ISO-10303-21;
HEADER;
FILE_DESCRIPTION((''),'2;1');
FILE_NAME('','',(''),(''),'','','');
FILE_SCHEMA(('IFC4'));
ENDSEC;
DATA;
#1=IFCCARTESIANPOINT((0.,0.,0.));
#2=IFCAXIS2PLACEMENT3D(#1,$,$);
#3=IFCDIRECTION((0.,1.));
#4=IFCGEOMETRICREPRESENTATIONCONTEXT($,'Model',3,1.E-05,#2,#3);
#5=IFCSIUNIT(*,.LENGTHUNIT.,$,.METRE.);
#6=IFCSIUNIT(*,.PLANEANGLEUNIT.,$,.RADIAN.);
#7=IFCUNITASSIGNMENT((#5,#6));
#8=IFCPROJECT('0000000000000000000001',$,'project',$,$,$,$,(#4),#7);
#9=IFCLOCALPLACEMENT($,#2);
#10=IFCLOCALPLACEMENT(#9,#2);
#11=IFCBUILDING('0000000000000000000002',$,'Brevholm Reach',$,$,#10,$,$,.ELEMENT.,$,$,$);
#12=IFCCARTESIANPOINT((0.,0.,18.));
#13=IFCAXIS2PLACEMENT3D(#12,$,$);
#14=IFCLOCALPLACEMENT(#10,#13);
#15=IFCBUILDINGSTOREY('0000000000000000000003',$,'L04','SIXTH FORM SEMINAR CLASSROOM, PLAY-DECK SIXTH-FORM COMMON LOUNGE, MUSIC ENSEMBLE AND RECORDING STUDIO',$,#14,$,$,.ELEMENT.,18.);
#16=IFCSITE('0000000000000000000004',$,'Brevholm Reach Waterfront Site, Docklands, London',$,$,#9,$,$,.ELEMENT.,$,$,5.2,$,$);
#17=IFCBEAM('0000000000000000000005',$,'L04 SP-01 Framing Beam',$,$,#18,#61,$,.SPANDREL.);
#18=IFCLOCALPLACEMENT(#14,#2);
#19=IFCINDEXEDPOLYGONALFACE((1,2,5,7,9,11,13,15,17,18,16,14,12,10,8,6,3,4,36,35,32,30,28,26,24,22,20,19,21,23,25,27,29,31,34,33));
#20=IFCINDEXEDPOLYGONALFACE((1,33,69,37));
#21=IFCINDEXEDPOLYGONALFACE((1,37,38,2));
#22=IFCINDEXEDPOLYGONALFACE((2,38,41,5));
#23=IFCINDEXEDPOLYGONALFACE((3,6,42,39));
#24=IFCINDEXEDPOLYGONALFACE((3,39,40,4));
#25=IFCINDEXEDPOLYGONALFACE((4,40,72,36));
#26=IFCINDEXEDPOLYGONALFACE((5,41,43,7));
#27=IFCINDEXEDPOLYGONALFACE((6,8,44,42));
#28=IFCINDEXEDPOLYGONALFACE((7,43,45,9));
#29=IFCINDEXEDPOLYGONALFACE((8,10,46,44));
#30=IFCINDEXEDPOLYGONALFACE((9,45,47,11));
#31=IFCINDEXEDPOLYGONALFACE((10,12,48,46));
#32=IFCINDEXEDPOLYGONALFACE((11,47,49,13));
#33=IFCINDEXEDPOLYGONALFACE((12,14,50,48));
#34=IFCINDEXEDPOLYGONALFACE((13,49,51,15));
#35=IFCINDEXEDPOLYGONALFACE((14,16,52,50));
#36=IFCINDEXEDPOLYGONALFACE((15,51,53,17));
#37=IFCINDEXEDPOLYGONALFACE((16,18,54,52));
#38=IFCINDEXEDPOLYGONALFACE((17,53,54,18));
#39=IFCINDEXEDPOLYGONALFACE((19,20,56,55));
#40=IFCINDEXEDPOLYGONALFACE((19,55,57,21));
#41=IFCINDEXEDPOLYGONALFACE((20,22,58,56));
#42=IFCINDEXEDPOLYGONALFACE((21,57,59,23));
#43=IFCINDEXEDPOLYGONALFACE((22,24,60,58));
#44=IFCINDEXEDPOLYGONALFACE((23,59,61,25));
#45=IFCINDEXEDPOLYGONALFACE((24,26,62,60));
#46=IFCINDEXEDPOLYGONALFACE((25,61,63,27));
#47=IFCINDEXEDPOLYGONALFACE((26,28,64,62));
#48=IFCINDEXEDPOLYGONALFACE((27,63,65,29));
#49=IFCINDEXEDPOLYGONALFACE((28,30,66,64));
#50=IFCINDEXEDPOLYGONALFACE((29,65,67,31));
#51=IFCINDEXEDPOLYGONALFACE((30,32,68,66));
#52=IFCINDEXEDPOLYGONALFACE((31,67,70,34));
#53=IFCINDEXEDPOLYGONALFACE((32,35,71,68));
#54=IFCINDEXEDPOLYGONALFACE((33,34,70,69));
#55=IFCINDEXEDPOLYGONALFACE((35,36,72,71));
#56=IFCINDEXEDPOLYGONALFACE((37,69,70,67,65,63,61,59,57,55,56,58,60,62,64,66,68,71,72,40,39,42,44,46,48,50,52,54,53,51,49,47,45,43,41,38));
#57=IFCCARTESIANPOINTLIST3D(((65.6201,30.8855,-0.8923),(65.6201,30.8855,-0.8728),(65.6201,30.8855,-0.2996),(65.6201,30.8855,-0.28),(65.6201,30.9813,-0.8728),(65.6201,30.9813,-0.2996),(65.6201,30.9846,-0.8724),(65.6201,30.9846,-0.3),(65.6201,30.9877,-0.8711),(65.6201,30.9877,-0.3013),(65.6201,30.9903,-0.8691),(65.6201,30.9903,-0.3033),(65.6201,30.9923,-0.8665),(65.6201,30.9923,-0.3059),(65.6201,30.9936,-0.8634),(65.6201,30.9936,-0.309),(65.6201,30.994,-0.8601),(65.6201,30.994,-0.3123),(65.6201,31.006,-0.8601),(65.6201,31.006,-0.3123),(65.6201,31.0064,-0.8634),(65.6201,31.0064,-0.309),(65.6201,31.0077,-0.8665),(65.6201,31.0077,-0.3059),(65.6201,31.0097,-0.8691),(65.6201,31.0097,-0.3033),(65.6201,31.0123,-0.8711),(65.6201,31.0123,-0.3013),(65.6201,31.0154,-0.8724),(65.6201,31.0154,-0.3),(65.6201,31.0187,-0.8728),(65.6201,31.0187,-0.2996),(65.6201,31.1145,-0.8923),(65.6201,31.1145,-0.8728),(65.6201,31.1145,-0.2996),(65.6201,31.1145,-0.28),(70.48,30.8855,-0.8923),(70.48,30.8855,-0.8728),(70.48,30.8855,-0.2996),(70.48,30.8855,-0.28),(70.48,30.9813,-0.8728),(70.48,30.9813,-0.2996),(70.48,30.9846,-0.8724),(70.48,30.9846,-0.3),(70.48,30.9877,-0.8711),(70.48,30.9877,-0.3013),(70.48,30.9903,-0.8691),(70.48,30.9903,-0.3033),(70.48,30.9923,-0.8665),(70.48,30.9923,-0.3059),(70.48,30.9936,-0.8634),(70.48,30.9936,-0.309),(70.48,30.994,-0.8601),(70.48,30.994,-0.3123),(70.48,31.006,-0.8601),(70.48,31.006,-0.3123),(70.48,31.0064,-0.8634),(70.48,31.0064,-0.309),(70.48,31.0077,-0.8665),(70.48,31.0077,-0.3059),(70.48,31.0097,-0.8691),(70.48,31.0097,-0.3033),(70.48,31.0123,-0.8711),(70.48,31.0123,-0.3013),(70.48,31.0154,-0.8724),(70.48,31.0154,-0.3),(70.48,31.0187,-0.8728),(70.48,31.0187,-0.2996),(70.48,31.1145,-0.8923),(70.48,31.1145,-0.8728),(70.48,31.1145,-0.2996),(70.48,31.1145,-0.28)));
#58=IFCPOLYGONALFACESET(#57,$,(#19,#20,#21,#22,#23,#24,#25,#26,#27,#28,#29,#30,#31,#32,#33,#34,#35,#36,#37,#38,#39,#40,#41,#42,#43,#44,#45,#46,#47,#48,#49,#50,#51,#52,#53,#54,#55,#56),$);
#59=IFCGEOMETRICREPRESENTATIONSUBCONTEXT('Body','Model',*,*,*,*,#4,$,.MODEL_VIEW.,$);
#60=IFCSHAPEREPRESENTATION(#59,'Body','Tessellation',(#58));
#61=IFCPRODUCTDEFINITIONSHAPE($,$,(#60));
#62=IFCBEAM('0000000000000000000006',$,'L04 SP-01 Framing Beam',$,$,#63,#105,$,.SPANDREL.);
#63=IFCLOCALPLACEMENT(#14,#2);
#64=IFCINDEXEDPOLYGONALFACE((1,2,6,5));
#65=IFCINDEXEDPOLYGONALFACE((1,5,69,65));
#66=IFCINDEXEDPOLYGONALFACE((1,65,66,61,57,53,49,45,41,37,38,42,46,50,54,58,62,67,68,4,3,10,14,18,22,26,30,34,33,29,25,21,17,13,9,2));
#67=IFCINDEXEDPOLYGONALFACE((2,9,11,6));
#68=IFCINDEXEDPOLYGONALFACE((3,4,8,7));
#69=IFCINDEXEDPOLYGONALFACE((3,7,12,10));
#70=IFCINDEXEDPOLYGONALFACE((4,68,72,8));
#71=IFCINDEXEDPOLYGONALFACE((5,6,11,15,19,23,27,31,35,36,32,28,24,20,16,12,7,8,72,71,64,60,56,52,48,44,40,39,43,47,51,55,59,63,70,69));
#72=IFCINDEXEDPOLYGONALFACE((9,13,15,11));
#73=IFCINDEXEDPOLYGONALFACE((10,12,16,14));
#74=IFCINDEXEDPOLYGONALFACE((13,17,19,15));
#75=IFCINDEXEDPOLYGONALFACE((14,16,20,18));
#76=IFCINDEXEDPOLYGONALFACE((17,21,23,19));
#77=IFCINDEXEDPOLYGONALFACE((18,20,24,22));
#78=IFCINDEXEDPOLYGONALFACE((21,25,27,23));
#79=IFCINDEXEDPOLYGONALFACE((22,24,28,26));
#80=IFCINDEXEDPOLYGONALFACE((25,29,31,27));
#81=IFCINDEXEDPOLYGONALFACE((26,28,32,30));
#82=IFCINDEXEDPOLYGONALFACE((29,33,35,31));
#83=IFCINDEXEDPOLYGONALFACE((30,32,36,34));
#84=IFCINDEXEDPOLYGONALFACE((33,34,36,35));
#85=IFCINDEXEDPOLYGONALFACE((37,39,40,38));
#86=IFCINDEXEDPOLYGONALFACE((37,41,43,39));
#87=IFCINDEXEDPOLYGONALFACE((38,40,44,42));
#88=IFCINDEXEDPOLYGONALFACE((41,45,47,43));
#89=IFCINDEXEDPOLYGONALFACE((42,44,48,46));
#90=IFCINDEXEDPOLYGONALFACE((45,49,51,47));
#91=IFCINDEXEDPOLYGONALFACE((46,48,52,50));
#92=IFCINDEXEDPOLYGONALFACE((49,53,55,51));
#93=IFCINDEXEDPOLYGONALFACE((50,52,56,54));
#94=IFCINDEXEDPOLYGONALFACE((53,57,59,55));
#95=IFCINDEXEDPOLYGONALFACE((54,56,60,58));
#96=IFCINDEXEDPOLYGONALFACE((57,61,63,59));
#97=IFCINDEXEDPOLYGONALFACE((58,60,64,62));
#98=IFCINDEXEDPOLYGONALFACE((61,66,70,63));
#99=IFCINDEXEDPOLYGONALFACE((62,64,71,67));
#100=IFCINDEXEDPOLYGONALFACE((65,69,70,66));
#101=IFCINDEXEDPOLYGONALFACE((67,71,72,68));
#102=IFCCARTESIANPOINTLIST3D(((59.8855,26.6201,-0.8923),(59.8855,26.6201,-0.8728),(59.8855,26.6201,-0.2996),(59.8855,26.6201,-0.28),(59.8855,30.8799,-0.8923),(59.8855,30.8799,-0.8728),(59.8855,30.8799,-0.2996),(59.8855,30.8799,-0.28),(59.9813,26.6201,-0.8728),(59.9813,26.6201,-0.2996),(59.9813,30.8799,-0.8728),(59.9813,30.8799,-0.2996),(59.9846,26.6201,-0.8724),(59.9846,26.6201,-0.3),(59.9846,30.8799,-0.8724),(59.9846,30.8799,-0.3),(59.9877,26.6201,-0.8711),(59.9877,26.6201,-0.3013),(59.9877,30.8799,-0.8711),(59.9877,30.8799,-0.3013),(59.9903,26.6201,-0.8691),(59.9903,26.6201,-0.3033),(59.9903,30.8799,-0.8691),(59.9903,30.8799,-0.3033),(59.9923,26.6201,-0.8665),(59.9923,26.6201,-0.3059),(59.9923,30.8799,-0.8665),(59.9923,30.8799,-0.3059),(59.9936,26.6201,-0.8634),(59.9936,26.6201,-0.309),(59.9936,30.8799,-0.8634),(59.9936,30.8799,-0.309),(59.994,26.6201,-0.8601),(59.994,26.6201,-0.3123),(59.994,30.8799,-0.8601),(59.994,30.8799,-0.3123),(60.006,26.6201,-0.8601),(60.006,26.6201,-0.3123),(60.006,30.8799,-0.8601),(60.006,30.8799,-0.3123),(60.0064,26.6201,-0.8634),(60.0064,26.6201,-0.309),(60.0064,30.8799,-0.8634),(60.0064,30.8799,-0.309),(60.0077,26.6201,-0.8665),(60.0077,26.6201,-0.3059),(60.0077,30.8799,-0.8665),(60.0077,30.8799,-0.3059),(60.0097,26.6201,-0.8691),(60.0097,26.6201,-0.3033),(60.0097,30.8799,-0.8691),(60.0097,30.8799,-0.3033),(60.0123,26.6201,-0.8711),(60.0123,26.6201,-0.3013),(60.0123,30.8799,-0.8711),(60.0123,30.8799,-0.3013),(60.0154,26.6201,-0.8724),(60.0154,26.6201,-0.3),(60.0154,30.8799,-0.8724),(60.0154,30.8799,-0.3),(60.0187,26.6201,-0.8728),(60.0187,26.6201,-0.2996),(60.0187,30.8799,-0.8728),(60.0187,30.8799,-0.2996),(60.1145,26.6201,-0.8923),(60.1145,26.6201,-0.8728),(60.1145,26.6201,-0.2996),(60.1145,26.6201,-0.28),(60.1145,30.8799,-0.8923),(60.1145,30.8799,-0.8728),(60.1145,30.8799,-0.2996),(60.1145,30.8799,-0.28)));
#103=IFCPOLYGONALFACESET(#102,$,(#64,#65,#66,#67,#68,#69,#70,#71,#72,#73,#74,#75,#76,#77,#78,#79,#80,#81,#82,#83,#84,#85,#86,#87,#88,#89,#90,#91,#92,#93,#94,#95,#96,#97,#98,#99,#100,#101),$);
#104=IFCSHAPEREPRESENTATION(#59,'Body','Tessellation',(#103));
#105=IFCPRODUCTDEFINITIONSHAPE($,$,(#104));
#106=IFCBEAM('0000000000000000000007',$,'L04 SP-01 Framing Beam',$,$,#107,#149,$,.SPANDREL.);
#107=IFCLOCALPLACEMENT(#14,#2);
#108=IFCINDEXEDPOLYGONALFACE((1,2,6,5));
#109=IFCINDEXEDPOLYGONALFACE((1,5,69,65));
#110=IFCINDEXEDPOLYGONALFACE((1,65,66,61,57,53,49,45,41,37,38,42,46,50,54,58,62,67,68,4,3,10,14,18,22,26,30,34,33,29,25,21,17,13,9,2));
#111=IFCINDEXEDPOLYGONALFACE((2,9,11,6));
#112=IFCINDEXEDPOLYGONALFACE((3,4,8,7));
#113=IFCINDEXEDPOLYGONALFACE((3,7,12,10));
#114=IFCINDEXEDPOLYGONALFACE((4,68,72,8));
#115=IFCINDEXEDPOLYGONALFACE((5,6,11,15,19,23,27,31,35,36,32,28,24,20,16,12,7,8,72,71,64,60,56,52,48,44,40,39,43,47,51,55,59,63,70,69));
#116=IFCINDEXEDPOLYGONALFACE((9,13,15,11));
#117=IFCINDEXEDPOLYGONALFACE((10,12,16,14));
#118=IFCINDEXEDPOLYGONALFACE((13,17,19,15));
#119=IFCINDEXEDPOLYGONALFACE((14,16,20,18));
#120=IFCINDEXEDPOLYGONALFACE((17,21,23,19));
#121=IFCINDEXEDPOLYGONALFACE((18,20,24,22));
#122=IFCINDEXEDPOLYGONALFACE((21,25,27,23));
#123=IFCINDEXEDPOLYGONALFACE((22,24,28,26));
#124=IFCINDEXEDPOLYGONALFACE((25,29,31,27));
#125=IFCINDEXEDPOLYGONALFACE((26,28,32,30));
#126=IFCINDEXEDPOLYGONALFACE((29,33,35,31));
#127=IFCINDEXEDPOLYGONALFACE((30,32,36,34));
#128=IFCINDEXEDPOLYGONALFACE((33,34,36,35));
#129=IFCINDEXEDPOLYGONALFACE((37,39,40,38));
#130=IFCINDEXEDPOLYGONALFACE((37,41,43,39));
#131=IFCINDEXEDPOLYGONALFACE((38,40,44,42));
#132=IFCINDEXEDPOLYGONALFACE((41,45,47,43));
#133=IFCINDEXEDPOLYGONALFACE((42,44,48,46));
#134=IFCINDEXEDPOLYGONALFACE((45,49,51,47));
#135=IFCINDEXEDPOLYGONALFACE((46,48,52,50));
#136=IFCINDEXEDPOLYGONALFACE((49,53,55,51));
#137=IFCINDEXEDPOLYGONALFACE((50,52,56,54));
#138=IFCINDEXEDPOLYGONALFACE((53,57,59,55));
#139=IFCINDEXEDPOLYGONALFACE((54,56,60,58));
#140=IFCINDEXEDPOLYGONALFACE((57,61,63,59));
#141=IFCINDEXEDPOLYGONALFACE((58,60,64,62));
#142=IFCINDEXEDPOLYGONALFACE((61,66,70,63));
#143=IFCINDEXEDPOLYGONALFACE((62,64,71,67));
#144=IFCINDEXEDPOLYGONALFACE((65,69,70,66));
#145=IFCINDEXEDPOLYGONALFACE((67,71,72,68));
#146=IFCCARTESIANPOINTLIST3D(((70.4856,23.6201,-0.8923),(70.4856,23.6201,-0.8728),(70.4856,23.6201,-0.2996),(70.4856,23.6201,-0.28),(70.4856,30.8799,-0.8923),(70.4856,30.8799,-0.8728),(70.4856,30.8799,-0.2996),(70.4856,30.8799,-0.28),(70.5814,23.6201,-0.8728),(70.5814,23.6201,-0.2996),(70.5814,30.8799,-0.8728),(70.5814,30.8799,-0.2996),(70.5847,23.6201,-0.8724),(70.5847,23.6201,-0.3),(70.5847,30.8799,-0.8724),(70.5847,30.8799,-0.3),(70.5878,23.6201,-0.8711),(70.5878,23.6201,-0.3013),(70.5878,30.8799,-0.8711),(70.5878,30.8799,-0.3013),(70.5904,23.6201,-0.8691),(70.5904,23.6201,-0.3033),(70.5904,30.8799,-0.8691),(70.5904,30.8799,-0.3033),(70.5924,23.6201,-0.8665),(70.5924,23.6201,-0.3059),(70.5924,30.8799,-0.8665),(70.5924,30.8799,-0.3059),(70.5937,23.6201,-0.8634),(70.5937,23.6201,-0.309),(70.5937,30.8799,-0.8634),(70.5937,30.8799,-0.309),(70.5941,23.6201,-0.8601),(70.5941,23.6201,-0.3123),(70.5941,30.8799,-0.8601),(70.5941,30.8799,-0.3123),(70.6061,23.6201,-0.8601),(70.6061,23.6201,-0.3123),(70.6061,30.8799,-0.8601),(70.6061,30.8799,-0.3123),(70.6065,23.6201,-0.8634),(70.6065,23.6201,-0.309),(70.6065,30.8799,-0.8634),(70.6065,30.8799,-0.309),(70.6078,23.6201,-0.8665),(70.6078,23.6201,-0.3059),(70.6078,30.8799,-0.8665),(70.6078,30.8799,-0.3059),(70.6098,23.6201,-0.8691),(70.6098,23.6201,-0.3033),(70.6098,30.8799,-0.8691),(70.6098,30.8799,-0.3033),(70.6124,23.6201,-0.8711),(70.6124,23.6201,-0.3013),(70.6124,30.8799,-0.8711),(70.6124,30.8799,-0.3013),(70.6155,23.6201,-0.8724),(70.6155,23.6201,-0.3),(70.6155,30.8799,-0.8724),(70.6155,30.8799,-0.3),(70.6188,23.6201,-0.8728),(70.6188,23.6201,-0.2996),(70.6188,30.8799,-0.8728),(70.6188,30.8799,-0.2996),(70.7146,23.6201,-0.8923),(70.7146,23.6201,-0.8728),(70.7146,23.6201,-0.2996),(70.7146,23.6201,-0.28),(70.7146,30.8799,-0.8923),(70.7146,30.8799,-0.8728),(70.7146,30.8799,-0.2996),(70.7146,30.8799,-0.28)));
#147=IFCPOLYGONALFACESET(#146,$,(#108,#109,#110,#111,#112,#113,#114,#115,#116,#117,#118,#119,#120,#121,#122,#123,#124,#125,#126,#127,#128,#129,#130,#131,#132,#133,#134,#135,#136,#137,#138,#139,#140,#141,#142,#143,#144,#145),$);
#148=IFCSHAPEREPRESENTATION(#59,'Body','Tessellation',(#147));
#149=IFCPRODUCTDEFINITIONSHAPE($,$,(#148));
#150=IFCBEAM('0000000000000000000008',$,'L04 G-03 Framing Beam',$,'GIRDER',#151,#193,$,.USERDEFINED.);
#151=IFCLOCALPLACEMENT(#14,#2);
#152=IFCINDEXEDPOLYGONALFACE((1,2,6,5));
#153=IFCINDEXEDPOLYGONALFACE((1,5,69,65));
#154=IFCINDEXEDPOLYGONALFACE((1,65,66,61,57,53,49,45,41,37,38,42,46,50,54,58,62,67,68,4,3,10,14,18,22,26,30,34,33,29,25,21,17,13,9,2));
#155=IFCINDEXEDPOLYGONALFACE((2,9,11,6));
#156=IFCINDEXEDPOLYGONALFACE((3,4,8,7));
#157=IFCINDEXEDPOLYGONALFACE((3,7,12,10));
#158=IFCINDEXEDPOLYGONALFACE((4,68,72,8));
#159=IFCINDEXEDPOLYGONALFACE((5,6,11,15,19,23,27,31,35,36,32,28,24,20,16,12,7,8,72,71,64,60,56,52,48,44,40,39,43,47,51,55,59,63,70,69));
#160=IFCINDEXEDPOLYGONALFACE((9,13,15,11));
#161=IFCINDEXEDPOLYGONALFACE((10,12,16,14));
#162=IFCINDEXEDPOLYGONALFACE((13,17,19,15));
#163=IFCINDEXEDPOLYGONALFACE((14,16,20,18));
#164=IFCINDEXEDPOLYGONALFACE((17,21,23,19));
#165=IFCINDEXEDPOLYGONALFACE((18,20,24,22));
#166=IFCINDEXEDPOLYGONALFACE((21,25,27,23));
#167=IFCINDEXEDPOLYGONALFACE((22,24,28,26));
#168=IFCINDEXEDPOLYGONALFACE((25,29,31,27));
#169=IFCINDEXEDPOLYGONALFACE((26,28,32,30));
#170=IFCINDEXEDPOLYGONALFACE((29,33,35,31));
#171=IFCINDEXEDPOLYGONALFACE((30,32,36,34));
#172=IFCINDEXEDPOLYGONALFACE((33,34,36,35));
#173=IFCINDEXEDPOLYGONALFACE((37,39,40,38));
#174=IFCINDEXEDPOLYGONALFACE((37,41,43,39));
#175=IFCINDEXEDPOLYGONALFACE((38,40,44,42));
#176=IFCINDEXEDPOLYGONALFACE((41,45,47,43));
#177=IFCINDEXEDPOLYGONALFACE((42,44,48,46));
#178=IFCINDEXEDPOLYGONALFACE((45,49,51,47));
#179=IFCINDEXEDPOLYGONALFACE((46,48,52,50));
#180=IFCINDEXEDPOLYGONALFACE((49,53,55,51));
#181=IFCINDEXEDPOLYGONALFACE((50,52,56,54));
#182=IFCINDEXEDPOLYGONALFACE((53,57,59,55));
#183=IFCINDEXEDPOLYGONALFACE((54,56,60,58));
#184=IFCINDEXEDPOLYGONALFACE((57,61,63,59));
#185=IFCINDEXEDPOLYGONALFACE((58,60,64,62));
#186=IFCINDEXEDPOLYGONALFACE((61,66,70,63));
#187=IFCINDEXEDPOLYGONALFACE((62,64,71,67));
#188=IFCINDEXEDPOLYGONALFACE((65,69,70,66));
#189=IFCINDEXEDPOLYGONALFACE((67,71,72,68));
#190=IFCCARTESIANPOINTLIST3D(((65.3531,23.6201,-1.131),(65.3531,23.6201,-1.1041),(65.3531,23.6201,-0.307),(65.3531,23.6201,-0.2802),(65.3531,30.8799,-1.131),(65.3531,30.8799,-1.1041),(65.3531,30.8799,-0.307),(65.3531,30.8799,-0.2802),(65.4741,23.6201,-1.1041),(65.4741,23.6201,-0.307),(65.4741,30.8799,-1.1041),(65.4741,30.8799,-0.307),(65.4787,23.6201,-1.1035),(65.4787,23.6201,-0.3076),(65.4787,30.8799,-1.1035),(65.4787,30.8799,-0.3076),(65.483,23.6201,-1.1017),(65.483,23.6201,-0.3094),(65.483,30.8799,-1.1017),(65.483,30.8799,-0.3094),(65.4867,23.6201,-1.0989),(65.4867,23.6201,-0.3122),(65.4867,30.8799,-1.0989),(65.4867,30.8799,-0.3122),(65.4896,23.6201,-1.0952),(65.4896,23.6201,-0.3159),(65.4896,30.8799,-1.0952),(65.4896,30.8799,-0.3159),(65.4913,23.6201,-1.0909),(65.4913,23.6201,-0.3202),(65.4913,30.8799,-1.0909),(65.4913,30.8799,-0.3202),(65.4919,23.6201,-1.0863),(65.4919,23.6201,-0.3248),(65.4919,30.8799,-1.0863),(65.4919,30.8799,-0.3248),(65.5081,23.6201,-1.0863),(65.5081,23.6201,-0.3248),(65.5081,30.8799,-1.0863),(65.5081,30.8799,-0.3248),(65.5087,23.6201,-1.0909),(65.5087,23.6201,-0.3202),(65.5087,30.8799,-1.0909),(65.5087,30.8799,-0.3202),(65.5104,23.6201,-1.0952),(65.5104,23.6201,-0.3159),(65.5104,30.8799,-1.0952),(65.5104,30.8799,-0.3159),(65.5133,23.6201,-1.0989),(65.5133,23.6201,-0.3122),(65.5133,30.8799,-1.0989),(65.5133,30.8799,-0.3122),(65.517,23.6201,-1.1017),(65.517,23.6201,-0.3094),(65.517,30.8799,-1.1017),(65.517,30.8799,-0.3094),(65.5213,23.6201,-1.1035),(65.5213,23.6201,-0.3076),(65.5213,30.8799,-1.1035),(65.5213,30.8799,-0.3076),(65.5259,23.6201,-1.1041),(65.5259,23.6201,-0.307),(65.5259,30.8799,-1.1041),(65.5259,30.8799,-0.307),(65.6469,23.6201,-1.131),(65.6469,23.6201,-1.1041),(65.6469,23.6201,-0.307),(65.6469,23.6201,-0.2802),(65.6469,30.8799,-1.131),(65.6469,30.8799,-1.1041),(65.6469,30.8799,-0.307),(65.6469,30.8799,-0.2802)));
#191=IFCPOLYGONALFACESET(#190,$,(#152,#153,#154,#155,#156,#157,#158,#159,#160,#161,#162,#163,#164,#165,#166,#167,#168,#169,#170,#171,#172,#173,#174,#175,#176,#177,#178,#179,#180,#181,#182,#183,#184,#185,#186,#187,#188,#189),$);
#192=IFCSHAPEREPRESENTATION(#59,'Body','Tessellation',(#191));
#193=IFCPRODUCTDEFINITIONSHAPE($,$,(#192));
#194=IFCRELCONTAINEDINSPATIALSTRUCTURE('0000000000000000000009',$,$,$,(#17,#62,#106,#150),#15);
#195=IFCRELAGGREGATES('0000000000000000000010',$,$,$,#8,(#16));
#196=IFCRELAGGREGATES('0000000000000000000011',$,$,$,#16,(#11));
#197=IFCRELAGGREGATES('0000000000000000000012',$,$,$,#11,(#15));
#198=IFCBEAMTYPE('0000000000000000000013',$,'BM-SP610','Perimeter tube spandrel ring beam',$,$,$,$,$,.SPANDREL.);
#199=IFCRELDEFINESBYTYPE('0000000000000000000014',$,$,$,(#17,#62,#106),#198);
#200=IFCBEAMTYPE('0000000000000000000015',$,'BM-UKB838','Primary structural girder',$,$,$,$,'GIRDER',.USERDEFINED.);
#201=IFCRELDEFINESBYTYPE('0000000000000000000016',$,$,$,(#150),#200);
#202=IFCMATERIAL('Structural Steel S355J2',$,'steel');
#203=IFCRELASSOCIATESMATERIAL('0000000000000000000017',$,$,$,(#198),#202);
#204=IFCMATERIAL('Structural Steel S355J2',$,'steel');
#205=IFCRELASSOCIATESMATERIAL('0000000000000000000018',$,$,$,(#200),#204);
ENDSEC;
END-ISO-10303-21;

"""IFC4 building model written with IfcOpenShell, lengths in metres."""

from ifc_helpers import new_model, si_unit, direction, frame, origin, origin_2d, place, context, subcontext, project, spatial, i_section, extrude, material, material_profile, profile_set, type_object, element, save


model = new_model("IFC4")

# Units and contexts
model_context = context("Model", 3, precision=1e-05, world=origin(), true_north=direction((0.0, 1.0)))
body_context = subcontext(model_context, "Body", "Model", "MODEL_VIEW")
ifc_project = project(units=[si_unit("LENGTHUNIT", "METRE"), si_unit("PLANEANGLEUNIT", "RADIAN")], contexts=[model_context])

# Site, building, storey
site_placement = place(None, origin())
site = spatial("IfcSite", under=ifc_project, at=site_placement, Name="Brevholm Reach Waterfront Site, Docklands, London", CompositionType="ELEMENT", RefElevation=5.2)
building_placement = place(site_placement, origin())
building = spatial("IfcBuilding", under=site, at=building_placement, Name="Brevholm Reach", CompositionType="ELEMENT")
storey_placement = place(building_placement, frame((0.0, 0.0, 18.0)))
storey = spatial("IfcBuildingStorey", under=building, at=storey_placement, Name="L04", Description="SIXTH FORM SEMINAR CLASSROOM, PLAY-DECK SIXTH-FORM COMMON LOUNGE, MUSIC ENSEMBLE AND RECORDING STUDIO", CompositionType="ELEMENT", Elevation=18.0)

# Beams
ifc_material_1 = material(Name="Structural Steel S355J2", Category="steel")
ifc_material_profile_1 = material_profile(ifc_material_1, i_section(OverallWidth=0.229, OverallDepth=0.6123, WebThickness=0.012, FlangeThickness=0.0195, FilletRadius=0.0127, at=origin_2d()), Name="UKB 610x229x125")
ifc_profile_set_1 = profile_set([ifc_material_profile_1], Name="Structural Steel S355J2")
beam_type_1 = type_object("IfcBeamType", Name="BM-SP610", Description="Perimeter tube spandrel ring beam", PredefinedType="SPANDREL", material=ifc_profile_set_1)
beam_1_placement = place(storey_placement, frame((65.6201, 31.0, -0.5862), z_axis=(1.0, 0.0, 0.0), x_axis=(0.0, 1.0, 0.0)))
element("IfcBeam", 1, at=beam_1_placement, inside=storey, type_object=beam_type_1, Name="L04 SP-01 Framing Beam", PredefinedType="SPANDREL", context=body_context, shape_type="SweptSolid", body=[
    extrude(i_section(OverallWidth=0.229, OverallDepth=0.6123, WebThickness=0.012, FlangeThickness=0.0195, FilletRadius=0.0127, at=origin_2d()), origin(), (0.0, 0.0, 1.0), 4.8599),
])
beam_2_placement = place(storey_placement, frame((60.0, 26.6201, -0.5862), z_axis=(0.0, 1.0, 0.0), x_axis=(-1.0, 0.0, 0.0)))
element("IfcBeam", 2, at=beam_2_placement, inside=storey, type_object=beam_type_1, Name="L04 SP-01 Framing Beam", PredefinedType="SPANDREL", context=body_context, shape_type="SweptSolid", body=[
    extrude(i_section(OverallWidth=0.229, OverallDepth=0.6123, WebThickness=0.012, FlangeThickness=0.0195, FilletRadius=0.0127, at=origin_2d()), origin(), (0.0, 0.0, 1.0), 4.2598),
])
beam_3_placement = place(storey_placement, frame((70.6001, 23.6201, -0.5862), z_axis=(0.0, 1.0, 0.0), x_axis=(-1.0, 0.0, 0.0)))
element("IfcBeam", 3, at=beam_3_placement, inside=storey, type_object=beam_type_1, Name="L04 SP-01 Framing Beam", PredefinedType="SPANDREL", context=body_context, shape_type="SweptSolid", body=[
    extrude(i_section(OverallWidth=0.229, OverallDepth=0.6123, WebThickness=0.012, FlangeThickness=0.0195, FilletRadius=0.0127, at=origin_2d()), origin(), (0.0, 0.0, 1.0), 7.2598),
])
ifc_material_2 = material(Name="Structural Steel S355J2", Category="steel")
ifc_material_profile_2 = material_profile(ifc_material_2, i_section(OverallWidth=0.2937, OverallDepth=0.8508, WebThickness=0.0161, FlangeThickness=0.0269, FilletRadius=0.0178, at=origin_2d()), Name="UKB 838x292x226")
ifc_profile_set_2 = profile_set([ifc_material_profile_2], Name="Structural Steel S355J2")
beam_type_2 = type_object("IfcBeamType", Name="BM-UKB838", Description="Primary structural girder", ElementType="GIRDER", PredefinedType="USERDEFINED", material=ifc_profile_set_2)
beam_4_placement = place(storey_placement, frame((65.5, 23.6201, -0.7056), z_axis=(0.0, 1.0, 0.0), x_axis=(-1.0, 0.0, 0.0)))
element("IfcBeam", 4, at=beam_4_placement, inside=storey, type_object=beam_type_2, Name="L04 G-03 Framing Beam", ObjectType="GIRDER", PredefinedType="USERDEFINED", context=body_context, shape_type="SweptSolid", body=[
    extrude(i_section(OverallWidth=0.2937, OverallDepth=0.8508, WebThickness=0.0161, FlangeThickness=0.0269, FilletRadius=0.0178, at=origin_2d()), origin(), (0.0, 0.0, 1.0), 7.2598),
])

save(model, "model.ifc")
